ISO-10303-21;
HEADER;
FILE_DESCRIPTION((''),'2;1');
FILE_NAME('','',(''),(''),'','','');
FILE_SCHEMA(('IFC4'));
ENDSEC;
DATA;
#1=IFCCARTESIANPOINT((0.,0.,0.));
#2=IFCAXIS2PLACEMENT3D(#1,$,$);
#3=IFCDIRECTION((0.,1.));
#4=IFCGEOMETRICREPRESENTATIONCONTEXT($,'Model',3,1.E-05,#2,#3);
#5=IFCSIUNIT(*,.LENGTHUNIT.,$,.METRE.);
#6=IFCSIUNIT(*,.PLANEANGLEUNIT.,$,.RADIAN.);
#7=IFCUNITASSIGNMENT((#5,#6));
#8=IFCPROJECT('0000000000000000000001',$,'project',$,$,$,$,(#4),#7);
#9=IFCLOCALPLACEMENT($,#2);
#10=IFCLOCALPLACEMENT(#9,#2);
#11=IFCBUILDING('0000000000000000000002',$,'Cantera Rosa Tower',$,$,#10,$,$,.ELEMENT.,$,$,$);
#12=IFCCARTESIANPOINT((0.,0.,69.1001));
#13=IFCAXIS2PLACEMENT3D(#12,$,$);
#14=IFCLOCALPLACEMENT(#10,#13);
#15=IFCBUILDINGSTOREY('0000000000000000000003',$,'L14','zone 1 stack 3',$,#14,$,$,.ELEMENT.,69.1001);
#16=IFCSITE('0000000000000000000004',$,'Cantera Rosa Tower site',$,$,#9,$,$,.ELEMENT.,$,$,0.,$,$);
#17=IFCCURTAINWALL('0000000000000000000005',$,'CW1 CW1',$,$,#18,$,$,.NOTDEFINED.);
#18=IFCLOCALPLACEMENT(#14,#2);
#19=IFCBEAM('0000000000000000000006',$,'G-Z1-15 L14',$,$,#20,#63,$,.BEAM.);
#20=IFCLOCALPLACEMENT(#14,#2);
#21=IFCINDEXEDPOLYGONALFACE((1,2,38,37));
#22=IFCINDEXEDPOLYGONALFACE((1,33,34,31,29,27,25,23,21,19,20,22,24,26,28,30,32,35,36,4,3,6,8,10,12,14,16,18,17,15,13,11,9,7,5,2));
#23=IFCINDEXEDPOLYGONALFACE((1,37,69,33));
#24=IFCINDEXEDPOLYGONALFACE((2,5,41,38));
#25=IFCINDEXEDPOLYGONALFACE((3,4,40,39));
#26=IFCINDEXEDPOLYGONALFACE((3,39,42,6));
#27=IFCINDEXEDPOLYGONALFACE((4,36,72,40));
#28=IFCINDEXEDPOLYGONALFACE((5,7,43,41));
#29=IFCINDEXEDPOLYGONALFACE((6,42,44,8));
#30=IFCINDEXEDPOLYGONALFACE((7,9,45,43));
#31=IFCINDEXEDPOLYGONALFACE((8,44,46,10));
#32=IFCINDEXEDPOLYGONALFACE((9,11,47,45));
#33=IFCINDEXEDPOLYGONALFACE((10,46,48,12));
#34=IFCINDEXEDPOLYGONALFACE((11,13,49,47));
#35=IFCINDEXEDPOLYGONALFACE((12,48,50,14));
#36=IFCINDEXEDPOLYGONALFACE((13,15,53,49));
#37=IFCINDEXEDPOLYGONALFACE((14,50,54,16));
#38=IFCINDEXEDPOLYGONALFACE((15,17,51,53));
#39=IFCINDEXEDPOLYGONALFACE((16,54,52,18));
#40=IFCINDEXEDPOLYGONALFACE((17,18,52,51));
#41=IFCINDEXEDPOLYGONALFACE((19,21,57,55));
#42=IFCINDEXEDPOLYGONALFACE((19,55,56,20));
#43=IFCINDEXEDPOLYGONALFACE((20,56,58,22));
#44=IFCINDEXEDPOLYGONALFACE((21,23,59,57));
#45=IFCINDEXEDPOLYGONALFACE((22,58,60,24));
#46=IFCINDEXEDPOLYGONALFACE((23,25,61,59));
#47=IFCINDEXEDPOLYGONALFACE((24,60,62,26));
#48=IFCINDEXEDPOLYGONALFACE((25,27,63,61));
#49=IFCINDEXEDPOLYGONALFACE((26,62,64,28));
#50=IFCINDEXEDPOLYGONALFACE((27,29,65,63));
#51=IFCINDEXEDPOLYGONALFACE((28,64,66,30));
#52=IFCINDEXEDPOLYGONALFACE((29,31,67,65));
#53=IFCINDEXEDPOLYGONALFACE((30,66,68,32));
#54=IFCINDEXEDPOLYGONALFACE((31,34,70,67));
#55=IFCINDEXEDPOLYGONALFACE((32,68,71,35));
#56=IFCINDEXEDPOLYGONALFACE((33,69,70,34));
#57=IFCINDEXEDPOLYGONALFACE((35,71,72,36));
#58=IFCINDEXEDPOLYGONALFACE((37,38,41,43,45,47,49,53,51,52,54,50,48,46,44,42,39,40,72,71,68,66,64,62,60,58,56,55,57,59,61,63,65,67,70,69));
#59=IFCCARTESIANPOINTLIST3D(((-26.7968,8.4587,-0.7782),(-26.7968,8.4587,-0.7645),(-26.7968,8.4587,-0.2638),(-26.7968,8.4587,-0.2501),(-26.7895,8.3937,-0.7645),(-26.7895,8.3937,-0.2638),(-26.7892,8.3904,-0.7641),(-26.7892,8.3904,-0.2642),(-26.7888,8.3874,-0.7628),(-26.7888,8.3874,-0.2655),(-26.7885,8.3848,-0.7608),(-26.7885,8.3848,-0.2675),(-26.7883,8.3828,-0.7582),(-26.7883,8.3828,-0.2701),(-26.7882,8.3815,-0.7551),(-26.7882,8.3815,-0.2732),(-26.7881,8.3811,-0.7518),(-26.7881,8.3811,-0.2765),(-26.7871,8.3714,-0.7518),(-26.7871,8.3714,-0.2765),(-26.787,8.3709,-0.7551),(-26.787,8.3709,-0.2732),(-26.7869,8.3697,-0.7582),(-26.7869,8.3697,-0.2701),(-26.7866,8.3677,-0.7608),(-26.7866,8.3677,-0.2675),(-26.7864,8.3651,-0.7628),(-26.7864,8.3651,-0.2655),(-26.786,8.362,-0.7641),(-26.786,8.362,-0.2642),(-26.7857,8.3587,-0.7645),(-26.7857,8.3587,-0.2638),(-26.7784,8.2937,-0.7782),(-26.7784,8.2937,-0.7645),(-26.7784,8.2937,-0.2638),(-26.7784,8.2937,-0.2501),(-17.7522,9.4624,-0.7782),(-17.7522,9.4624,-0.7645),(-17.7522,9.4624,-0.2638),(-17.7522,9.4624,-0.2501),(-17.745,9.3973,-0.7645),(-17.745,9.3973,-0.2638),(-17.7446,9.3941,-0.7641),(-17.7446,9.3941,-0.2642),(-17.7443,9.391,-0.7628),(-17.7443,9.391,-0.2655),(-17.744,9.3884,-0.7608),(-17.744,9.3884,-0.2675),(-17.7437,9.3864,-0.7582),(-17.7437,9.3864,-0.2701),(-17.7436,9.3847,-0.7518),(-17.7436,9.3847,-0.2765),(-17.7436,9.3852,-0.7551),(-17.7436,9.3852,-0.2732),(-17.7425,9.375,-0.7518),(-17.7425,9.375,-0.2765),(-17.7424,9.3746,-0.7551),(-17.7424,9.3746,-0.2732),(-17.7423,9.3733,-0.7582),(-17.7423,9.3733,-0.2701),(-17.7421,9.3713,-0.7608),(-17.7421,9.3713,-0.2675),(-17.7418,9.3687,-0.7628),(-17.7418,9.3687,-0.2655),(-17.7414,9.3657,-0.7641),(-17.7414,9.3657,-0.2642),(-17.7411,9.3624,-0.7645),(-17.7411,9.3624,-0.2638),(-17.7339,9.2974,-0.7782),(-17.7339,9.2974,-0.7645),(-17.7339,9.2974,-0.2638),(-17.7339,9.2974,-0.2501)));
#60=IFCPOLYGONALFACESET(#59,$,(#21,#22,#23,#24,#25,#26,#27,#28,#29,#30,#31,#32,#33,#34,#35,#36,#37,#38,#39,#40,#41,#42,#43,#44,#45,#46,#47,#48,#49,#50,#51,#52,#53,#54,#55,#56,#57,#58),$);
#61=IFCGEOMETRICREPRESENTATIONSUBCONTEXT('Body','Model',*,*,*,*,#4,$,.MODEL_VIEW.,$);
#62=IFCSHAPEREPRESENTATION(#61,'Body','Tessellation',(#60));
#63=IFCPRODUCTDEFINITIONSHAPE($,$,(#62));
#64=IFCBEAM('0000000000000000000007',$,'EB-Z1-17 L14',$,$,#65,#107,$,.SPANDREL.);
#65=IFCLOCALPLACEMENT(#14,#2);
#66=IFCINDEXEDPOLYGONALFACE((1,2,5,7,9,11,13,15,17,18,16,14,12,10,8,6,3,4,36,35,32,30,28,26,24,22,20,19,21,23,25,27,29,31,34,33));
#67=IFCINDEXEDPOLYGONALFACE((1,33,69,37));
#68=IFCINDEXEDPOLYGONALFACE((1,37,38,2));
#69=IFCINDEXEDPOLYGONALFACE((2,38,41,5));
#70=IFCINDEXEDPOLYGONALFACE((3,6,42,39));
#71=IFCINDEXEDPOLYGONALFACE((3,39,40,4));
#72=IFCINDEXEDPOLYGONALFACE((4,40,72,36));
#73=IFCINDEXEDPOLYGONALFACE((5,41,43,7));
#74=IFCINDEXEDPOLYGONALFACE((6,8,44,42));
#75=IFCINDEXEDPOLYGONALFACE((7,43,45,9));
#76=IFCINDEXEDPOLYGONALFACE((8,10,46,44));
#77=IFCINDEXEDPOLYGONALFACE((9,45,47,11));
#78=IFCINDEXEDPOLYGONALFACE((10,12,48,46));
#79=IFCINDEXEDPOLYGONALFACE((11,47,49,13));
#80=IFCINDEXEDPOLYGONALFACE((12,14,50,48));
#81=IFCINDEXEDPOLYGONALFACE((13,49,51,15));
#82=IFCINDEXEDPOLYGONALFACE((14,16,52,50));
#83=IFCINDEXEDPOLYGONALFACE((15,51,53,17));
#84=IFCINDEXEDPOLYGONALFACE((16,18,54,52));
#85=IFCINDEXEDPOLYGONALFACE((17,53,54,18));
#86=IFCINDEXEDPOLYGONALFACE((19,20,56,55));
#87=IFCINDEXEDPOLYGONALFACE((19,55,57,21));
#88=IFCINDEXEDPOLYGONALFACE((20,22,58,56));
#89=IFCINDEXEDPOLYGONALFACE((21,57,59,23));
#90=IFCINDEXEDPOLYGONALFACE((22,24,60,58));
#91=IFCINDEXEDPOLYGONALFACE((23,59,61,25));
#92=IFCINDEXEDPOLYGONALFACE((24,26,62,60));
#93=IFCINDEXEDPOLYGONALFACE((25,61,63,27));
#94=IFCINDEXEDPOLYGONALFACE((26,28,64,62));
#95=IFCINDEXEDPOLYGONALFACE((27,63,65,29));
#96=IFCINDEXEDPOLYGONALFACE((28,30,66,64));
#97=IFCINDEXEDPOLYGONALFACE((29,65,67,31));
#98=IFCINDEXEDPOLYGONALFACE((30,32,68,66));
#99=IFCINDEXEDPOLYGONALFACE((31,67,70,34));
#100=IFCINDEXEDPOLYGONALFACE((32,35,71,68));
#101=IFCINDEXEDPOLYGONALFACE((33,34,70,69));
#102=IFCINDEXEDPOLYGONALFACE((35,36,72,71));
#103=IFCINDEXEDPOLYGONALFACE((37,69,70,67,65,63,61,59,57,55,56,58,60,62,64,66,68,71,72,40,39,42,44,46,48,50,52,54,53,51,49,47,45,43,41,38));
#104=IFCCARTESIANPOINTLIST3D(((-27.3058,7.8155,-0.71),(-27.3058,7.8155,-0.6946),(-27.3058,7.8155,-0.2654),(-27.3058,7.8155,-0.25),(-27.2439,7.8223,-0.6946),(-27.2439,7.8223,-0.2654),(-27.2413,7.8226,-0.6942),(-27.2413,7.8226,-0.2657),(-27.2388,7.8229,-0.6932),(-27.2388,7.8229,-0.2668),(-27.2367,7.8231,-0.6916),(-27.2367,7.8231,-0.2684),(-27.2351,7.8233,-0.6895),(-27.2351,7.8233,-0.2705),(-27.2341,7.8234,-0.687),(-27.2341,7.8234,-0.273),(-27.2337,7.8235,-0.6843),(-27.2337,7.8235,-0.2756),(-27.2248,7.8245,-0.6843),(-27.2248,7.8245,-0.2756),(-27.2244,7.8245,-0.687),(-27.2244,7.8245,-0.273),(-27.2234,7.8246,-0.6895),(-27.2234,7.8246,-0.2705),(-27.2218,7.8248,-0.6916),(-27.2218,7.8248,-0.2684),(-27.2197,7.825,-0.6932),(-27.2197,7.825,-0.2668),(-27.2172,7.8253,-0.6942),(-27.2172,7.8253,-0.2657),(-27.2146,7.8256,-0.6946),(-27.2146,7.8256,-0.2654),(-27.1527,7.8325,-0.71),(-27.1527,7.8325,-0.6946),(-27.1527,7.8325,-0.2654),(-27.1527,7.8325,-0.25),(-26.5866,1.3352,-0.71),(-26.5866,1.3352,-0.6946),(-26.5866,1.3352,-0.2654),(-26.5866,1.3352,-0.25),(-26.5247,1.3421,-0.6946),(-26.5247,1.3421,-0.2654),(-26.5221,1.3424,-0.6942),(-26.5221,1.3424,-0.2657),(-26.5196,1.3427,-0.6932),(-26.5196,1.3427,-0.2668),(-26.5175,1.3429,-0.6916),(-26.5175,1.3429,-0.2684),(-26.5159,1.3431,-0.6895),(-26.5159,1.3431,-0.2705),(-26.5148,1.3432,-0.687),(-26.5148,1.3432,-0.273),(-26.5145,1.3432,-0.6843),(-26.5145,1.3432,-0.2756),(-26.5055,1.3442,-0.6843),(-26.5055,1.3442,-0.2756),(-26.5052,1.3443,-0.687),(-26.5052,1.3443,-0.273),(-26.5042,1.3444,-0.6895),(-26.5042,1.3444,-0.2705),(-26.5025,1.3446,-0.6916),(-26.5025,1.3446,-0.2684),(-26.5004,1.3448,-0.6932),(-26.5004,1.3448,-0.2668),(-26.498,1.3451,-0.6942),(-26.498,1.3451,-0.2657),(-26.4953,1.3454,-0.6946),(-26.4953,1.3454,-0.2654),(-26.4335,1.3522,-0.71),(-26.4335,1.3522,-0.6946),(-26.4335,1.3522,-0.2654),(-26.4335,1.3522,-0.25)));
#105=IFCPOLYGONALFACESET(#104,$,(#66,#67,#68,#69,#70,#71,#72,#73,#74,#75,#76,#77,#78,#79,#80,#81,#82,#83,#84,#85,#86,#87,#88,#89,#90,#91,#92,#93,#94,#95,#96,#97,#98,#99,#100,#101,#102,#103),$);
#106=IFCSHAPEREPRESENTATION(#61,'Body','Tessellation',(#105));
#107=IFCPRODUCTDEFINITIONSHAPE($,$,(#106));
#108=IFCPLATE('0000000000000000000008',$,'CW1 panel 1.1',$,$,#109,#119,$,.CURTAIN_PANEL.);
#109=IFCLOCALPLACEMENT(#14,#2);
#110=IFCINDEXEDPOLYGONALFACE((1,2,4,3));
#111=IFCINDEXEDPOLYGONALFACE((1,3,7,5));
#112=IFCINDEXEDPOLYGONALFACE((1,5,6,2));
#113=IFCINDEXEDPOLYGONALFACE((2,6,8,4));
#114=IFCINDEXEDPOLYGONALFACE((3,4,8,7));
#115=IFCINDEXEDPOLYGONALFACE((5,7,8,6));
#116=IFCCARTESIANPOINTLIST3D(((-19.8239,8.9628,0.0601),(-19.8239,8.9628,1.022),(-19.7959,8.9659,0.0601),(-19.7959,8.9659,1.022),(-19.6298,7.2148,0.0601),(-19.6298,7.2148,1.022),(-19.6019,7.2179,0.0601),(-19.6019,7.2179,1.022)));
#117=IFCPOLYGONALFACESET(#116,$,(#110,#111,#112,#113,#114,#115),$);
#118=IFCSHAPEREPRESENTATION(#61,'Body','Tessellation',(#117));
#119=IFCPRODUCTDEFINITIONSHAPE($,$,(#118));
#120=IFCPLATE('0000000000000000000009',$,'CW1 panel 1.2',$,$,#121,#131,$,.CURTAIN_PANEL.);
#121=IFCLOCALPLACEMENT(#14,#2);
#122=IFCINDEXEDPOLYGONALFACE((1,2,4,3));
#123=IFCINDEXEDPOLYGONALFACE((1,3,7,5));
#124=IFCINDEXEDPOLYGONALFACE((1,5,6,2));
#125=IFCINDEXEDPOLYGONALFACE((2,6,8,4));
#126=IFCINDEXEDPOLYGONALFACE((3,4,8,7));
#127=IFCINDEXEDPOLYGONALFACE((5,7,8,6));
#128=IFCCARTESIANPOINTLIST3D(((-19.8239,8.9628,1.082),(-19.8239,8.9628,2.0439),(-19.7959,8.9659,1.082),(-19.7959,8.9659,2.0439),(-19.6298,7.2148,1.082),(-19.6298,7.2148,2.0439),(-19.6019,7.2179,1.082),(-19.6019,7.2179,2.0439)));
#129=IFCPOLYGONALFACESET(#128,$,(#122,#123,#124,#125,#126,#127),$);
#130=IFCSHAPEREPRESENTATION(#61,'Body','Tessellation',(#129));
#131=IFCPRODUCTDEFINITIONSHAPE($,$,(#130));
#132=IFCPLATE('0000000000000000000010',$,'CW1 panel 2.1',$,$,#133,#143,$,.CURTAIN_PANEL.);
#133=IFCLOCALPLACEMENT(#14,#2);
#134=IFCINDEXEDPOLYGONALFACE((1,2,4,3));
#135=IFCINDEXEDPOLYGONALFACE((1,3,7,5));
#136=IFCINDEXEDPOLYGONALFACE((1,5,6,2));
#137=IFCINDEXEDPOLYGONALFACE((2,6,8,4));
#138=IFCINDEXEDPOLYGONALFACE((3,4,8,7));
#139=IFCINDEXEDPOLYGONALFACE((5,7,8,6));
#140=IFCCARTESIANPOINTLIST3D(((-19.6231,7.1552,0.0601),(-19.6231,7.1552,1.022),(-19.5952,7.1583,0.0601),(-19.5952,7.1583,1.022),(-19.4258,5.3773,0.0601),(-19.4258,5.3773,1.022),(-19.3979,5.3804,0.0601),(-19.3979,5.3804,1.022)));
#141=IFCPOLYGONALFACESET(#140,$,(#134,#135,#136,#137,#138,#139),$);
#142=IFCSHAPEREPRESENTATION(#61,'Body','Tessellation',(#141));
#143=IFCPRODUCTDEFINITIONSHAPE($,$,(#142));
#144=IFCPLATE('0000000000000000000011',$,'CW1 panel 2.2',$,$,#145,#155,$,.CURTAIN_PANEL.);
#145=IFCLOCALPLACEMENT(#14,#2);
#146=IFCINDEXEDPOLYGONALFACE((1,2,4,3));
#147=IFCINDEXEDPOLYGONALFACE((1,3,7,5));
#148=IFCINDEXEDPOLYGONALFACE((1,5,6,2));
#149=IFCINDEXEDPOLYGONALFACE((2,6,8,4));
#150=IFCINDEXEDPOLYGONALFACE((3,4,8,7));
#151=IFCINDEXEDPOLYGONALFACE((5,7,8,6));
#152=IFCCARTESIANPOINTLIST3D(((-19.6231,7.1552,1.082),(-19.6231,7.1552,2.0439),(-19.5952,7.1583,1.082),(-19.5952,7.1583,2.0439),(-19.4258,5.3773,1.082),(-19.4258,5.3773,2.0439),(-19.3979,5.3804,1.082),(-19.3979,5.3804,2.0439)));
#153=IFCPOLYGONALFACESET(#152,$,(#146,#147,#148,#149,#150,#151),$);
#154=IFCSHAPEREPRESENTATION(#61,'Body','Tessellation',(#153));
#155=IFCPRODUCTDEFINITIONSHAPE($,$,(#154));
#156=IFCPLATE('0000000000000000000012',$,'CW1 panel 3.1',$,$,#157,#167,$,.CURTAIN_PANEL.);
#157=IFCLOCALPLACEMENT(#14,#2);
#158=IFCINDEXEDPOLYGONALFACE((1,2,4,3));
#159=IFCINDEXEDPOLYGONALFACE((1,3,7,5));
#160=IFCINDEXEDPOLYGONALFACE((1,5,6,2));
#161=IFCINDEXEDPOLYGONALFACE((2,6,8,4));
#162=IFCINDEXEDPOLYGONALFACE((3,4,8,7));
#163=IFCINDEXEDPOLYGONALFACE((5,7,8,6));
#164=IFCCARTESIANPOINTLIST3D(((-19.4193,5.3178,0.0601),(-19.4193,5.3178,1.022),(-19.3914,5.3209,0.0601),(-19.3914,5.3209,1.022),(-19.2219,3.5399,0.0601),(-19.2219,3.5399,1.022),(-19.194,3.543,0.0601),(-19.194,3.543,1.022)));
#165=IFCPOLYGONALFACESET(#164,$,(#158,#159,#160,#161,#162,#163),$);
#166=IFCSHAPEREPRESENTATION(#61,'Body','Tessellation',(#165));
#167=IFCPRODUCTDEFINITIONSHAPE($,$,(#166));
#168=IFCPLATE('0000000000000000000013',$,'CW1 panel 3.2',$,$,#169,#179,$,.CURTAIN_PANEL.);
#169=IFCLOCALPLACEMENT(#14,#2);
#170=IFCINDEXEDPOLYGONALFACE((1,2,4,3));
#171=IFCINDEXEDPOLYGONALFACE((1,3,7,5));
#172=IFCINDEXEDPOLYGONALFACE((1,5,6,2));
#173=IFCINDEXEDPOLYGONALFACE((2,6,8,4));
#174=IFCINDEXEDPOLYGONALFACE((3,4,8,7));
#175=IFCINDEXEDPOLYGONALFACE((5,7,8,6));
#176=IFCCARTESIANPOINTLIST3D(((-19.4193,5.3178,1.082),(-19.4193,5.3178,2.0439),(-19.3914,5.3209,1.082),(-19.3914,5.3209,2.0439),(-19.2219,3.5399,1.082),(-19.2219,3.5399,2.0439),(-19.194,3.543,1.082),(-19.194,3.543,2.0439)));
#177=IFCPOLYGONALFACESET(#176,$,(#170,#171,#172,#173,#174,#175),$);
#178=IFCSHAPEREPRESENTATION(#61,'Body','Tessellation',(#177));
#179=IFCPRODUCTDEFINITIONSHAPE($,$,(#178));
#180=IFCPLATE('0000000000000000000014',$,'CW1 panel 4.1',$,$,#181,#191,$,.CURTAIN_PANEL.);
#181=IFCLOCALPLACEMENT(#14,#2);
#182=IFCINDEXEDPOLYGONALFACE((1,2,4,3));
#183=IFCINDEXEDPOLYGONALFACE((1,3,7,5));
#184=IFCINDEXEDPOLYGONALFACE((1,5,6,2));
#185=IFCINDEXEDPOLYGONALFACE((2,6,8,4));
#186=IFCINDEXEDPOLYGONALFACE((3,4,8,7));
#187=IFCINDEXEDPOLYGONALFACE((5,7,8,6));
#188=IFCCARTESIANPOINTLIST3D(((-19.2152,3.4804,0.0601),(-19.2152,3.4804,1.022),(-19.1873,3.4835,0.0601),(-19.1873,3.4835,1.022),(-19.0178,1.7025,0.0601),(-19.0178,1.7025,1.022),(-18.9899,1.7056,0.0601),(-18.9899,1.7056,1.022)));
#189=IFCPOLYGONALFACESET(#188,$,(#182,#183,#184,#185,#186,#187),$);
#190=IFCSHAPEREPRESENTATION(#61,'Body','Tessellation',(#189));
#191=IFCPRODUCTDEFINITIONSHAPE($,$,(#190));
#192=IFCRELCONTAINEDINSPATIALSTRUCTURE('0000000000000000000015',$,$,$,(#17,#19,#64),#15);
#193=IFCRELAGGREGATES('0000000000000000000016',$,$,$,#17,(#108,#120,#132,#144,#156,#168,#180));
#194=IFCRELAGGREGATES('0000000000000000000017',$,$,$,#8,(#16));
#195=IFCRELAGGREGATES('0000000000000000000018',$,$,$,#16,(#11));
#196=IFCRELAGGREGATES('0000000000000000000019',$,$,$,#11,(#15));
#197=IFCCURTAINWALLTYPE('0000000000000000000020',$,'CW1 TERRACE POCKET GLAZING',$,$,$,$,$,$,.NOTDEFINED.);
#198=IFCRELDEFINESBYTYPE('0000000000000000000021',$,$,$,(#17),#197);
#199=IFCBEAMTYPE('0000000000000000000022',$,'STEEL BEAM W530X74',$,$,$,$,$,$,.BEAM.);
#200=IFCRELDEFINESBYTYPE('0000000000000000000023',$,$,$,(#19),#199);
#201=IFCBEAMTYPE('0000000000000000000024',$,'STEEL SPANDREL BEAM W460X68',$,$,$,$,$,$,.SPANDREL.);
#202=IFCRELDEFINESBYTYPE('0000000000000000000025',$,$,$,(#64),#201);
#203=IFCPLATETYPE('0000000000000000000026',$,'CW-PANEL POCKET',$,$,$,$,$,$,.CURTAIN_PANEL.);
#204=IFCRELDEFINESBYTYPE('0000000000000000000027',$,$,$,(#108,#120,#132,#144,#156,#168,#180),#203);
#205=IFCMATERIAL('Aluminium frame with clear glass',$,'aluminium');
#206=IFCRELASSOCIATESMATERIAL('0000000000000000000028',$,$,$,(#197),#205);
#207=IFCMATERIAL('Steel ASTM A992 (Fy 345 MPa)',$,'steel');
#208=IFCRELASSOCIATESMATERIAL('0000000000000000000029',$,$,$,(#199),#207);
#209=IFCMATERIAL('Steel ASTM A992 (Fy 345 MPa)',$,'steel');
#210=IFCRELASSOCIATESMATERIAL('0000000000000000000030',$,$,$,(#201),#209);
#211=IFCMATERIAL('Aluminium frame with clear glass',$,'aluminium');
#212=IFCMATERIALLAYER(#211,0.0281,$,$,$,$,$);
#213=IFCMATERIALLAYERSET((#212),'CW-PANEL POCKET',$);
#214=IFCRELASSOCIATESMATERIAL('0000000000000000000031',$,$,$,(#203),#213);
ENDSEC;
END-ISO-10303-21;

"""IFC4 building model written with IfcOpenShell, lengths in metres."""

from ifc_helpers import new_model, si_unit, direction, frame, origin, origin_2d, place, context, subcontext, project, spatial, rectangle, i_section, extrude, material, layer, layer_set, material_profile, profile_set, type_object, element, aggregate, save


model = new_model("IFC4")

# Units and contexts
model_context = context("Model", 3, precision=1e-05, world=origin(), true_north=direction((0.0, 1.0)))
body_context = subcontext(model_context, "Body", "Model", "MODEL_VIEW")
ifc_project = project(units=[si_unit("LENGTHUNIT", "METRE"), si_unit("PLANEANGLEUNIT", "RADIAN")], contexts=[model_context])

# Site, building, storey
site_placement = place(None, origin())
site = spatial("IfcSite", under=ifc_project, at=site_placement, Name="Cantera Rosa Tower site", CompositionType="ELEMENT", RefElevation=0.0)
building_placement = place(site_placement, origin())
building = spatial("IfcBuilding", under=site, at=building_placement, Name="Cantera Rosa Tower", CompositionType="ELEMENT")
storey_placement = place(building_placement, frame((0.0, 0.0, 69.1001)))
storey = spatial("IfcBuildingStorey", under=building, at=storey_placement, Name="L14", Description="zone 1 stack 3", CompositionType="ELEMENT", Elevation=69.1001)

# Curtain wall
ifc_material_1 = material(Name="Aluminium frame with clear glass", Category="aluminium")
curtain_wall_type = type_object("IfcCurtainWallType", Name="CW1 TERRACE POCKET GLAZING", PredefinedType="NOTDEFINED", material=ifc_material_1)
curtain_wall_placement = place(storey_placement, origin())
curtain_wall = element("IfcCurtainWall", 1, at=curtain_wall_placement, inside=storey, type_object=curtain_wall_type, Name="CW1 CW1", PredefinedType="NOTDEFINED")

# Beams
ifc_material_2 = material(Name="Steel ASTM A992 (Fy 345 MPa)", Category="steel")
ifc_material_profile_1 = material_profile(ifc_material_2, i_section(OverallWidth=0.166, OverallDepth=0.5281, WebThickness=0.0098, FlangeThickness=0.0137, FilletRadius=0.0127, at=origin_2d()), Name="W530X74")
ifc_profile_set_1 = profile_set([ifc_material_profile_1], Name="Steel ASTM A992 (Fy 345 MPa)")
beam_type_1 = type_object("IfcBeamType", Name="STEEL BEAM W530X74", PredefinedType="BEAM", material=ifc_profile_set_1)
beam_1_placement = place(storey_placement, frame((-26.7876, 8.3762, -0.5142), z_axis=(0.993899, 0.11029, 0.0), x_axis=(-0.11029, 0.993899, 0.0)))
element("IfcBeam", 2, at=beam_1_placement, inside=storey, type_object=beam_type_1, Name="G-Z1-15 L14", PredefinedType="BEAM", context=body_context, shape_type="SweptSolid", body=[
    extrude(i_section(OverallWidth=0.166, OverallDepth=0.5281, WebThickness=0.0098, FlangeThickness=0.0137, FilletRadius=0.0127, at=origin_2d()), origin(), (0.0, 0.0, 1.0), 9.1001),
])
ifc_material_3 = material(Name="Steel ASTM A992 (Fy 345 MPa)", Category="steel")
ifc_material_profile_2 = material_profile(ifc_material_3, i_section(OverallWidth=0.1541, OverallDepth=0.46, WebThickness=0.009, FlangeThickness=0.0154, FilletRadius=0.0103, at=origin_2d()), Name="W460X68")
ifc_profile_set_2 = profile_set([ifc_material_profile_2], Name="Steel ASTM A992 (Fy 345 MPa)")
beam_type_2 = type_object("IfcBeamType", Name="STEEL SPANDREL BEAM W460X68", PredefinedType="SPANDREL", material=ifc_profile_set_2)
beam_2_placement = place(storey_placement, frame((-27.2292, 7.824, -0.48), z_axis=(0.110312, -0.993897, 0.0), x_axis=(0.993897, 0.110312, 0.0)))
element("IfcBeam", 3, at=beam_2_placement, inside=storey, type_object=beam_type_2, Name="EB-Z1-17 L14", PredefinedType="SPANDREL", context=body_context, shape_type="SweptSolid", body=[
    extrude(i_section(OverallWidth=0.1541, OverallDepth=0.46, WebThickness=0.009, FlangeThickness=0.0154, FilletRadius=0.0103, at=origin_2d()), origin(), (0.0, 0.0, 1.0), 6.52),
])

# Plates
ifc_material_4 = material(Name="Aluminium frame with clear glass", Category="aluminium")
ifc_layer_1 = layer(ifc_material_4, 0.0281)
ifc_layer_set_1 = layer_set([ifc_layer_1], Name="CW-PANEL POCKET")
plate_type = type_object("IfcPlateType", Name="CW-PANEL POCKET", PredefinedType="CURTAIN_PANEL", material=ifc_layer_set_1)
plate_1_placement = place(storey_placement, frame((-19.7129, 8.0903, 0.0601), z_axis=(0.0, 0.0, 1.0), x_axis=(0.110313, -0.993897, 0.0)))
plate_1 = element("IfcPlate", 4, at=plate_1_placement, type_object=plate_type, Name="CW1 panel 1.1", PredefinedType="CURTAIN_PANEL", context=body_context, shape_type="SweptSolid", body=[
    extrude(rectangle(XDim=1.7588, YDim=0.0281, at=origin_2d()), origin(), (0.0, 0.0, 1.0), 0.9619),
])
plate_2_placement = place(storey_placement, frame((-19.7129, 8.0903, 1.082), z_axis=(0.0, 0.0, 1.0), x_axis=(0.110313, -0.993897, 0.0)))
plate_2 = element("IfcPlate", 5, at=plate_2_placement, type_object=plate_type, Name="CW1 panel 1.2", PredefinedType="CURTAIN_PANEL", context=body_context, shape_type="SweptSolid", body=[
    extrude(rectangle(XDim=1.7588, YDim=0.0281, at=origin_2d()), origin(), (0.0, 0.0, 1.0), 0.9619),
])
plate_3_placement = place(storey_placement, frame((-19.5105, 6.2678, 0.0601), z_axis=(0.0, 0.0, 1.0), x_axis=(0.110313, -0.993897, 0.0)))
plate_3 = element("IfcPlate", 6, at=plate_3_placement, type_object=plate_type, Name="CW1 panel 2.1", PredefinedType="CURTAIN_PANEL", context=body_context, shape_type="SweptSolid", body=[
    extrude(rectangle(XDim=1.7888, YDim=0.0281, at=origin_2d()), origin(), (0.0, 0.0, 1.0), 0.9619),
])
plate_4_placement = place(storey_placement, frame((-19.5105, 6.2678, 1.082), z_axis=(0.0, 0.0, 1.0), x_axis=(0.110313, -0.993897, 0.0)))
plate_4 = element("IfcPlate", 7, at=plate_4_placement, type_object=plate_type, Name="CW1 panel 2.2", PredefinedType="CURTAIN_PANEL", context=body_context, shape_type="SweptSolid", body=[
    extrude(rectangle(XDim=1.7888, YDim=0.0281, at=origin_2d()), origin(), (0.0, 0.0, 1.0), 0.9619),
])
plate_5_placement = place(storey_placement, frame((-19.3066, 4.4304, 0.0601), z_axis=(0.0, 0.0, 1.0), x_axis=(0.110313, -0.993897, 0.0)))
plate_5 = element("IfcPlate", 8, at=plate_5_placement, type_object=plate_type, Name="CW1 panel 3.1", PredefinedType="CURTAIN_PANEL", context=body_context, shape_type="SweptSolid", body=[
    extrude(rectangle(XDim=1.7888, YDim=0.0281, at=origin_2d()), origin(), (0.0, 0.0, 1.0), 0.9619),
])
plate_6_placement = place(storey_placement, frame((-19.3066, 4.4304, 1.082), z_axis=(0.0, 0.0, 1.0), x_axis=(0.110313, -0.993897, 0.0)))
plate_6 = element("IfcPlate", 9, at=plate_6_placement, type_object=plate_type, Name="CW1 panel 3.2", PredefinedType="CURTAIN_PANEL", context=body_context, shape_type="SweptSolid", body=[
    extrude(rectangle(XDim=1.7888, YDim=0.0281, at=origin_2d()), origin(), (0.0, 0.0, 1.0), 0.9619),
])
plate_7_placement = place(storey_placement, frame((-19.1025, 2.593, 0.0601), z_axis=(0.0, 0.0, 1.0), x_axis=(0.110313, -0.993897, 0.0)))
plate_7 = element("IfcPlate", 10, at=plate_7_placement, type_object=plate_type, Name="CW1 panel 4.1", PredefinedType="CURTAIN_PANEL", context=body_context, shape_type="SweptSolid", body=[
    extrude(rectangle(XDim=1.7888, YDim=0.0281, at=origin_2d()), origin(), (0.0, 0.0, 1.0), 0.9619),
])
aggregate(curtain_wall, [plate_1, plate_2, plate_3, plate_4, plate_5, plate_6, plate_7])

save(model, "model.ifc")
